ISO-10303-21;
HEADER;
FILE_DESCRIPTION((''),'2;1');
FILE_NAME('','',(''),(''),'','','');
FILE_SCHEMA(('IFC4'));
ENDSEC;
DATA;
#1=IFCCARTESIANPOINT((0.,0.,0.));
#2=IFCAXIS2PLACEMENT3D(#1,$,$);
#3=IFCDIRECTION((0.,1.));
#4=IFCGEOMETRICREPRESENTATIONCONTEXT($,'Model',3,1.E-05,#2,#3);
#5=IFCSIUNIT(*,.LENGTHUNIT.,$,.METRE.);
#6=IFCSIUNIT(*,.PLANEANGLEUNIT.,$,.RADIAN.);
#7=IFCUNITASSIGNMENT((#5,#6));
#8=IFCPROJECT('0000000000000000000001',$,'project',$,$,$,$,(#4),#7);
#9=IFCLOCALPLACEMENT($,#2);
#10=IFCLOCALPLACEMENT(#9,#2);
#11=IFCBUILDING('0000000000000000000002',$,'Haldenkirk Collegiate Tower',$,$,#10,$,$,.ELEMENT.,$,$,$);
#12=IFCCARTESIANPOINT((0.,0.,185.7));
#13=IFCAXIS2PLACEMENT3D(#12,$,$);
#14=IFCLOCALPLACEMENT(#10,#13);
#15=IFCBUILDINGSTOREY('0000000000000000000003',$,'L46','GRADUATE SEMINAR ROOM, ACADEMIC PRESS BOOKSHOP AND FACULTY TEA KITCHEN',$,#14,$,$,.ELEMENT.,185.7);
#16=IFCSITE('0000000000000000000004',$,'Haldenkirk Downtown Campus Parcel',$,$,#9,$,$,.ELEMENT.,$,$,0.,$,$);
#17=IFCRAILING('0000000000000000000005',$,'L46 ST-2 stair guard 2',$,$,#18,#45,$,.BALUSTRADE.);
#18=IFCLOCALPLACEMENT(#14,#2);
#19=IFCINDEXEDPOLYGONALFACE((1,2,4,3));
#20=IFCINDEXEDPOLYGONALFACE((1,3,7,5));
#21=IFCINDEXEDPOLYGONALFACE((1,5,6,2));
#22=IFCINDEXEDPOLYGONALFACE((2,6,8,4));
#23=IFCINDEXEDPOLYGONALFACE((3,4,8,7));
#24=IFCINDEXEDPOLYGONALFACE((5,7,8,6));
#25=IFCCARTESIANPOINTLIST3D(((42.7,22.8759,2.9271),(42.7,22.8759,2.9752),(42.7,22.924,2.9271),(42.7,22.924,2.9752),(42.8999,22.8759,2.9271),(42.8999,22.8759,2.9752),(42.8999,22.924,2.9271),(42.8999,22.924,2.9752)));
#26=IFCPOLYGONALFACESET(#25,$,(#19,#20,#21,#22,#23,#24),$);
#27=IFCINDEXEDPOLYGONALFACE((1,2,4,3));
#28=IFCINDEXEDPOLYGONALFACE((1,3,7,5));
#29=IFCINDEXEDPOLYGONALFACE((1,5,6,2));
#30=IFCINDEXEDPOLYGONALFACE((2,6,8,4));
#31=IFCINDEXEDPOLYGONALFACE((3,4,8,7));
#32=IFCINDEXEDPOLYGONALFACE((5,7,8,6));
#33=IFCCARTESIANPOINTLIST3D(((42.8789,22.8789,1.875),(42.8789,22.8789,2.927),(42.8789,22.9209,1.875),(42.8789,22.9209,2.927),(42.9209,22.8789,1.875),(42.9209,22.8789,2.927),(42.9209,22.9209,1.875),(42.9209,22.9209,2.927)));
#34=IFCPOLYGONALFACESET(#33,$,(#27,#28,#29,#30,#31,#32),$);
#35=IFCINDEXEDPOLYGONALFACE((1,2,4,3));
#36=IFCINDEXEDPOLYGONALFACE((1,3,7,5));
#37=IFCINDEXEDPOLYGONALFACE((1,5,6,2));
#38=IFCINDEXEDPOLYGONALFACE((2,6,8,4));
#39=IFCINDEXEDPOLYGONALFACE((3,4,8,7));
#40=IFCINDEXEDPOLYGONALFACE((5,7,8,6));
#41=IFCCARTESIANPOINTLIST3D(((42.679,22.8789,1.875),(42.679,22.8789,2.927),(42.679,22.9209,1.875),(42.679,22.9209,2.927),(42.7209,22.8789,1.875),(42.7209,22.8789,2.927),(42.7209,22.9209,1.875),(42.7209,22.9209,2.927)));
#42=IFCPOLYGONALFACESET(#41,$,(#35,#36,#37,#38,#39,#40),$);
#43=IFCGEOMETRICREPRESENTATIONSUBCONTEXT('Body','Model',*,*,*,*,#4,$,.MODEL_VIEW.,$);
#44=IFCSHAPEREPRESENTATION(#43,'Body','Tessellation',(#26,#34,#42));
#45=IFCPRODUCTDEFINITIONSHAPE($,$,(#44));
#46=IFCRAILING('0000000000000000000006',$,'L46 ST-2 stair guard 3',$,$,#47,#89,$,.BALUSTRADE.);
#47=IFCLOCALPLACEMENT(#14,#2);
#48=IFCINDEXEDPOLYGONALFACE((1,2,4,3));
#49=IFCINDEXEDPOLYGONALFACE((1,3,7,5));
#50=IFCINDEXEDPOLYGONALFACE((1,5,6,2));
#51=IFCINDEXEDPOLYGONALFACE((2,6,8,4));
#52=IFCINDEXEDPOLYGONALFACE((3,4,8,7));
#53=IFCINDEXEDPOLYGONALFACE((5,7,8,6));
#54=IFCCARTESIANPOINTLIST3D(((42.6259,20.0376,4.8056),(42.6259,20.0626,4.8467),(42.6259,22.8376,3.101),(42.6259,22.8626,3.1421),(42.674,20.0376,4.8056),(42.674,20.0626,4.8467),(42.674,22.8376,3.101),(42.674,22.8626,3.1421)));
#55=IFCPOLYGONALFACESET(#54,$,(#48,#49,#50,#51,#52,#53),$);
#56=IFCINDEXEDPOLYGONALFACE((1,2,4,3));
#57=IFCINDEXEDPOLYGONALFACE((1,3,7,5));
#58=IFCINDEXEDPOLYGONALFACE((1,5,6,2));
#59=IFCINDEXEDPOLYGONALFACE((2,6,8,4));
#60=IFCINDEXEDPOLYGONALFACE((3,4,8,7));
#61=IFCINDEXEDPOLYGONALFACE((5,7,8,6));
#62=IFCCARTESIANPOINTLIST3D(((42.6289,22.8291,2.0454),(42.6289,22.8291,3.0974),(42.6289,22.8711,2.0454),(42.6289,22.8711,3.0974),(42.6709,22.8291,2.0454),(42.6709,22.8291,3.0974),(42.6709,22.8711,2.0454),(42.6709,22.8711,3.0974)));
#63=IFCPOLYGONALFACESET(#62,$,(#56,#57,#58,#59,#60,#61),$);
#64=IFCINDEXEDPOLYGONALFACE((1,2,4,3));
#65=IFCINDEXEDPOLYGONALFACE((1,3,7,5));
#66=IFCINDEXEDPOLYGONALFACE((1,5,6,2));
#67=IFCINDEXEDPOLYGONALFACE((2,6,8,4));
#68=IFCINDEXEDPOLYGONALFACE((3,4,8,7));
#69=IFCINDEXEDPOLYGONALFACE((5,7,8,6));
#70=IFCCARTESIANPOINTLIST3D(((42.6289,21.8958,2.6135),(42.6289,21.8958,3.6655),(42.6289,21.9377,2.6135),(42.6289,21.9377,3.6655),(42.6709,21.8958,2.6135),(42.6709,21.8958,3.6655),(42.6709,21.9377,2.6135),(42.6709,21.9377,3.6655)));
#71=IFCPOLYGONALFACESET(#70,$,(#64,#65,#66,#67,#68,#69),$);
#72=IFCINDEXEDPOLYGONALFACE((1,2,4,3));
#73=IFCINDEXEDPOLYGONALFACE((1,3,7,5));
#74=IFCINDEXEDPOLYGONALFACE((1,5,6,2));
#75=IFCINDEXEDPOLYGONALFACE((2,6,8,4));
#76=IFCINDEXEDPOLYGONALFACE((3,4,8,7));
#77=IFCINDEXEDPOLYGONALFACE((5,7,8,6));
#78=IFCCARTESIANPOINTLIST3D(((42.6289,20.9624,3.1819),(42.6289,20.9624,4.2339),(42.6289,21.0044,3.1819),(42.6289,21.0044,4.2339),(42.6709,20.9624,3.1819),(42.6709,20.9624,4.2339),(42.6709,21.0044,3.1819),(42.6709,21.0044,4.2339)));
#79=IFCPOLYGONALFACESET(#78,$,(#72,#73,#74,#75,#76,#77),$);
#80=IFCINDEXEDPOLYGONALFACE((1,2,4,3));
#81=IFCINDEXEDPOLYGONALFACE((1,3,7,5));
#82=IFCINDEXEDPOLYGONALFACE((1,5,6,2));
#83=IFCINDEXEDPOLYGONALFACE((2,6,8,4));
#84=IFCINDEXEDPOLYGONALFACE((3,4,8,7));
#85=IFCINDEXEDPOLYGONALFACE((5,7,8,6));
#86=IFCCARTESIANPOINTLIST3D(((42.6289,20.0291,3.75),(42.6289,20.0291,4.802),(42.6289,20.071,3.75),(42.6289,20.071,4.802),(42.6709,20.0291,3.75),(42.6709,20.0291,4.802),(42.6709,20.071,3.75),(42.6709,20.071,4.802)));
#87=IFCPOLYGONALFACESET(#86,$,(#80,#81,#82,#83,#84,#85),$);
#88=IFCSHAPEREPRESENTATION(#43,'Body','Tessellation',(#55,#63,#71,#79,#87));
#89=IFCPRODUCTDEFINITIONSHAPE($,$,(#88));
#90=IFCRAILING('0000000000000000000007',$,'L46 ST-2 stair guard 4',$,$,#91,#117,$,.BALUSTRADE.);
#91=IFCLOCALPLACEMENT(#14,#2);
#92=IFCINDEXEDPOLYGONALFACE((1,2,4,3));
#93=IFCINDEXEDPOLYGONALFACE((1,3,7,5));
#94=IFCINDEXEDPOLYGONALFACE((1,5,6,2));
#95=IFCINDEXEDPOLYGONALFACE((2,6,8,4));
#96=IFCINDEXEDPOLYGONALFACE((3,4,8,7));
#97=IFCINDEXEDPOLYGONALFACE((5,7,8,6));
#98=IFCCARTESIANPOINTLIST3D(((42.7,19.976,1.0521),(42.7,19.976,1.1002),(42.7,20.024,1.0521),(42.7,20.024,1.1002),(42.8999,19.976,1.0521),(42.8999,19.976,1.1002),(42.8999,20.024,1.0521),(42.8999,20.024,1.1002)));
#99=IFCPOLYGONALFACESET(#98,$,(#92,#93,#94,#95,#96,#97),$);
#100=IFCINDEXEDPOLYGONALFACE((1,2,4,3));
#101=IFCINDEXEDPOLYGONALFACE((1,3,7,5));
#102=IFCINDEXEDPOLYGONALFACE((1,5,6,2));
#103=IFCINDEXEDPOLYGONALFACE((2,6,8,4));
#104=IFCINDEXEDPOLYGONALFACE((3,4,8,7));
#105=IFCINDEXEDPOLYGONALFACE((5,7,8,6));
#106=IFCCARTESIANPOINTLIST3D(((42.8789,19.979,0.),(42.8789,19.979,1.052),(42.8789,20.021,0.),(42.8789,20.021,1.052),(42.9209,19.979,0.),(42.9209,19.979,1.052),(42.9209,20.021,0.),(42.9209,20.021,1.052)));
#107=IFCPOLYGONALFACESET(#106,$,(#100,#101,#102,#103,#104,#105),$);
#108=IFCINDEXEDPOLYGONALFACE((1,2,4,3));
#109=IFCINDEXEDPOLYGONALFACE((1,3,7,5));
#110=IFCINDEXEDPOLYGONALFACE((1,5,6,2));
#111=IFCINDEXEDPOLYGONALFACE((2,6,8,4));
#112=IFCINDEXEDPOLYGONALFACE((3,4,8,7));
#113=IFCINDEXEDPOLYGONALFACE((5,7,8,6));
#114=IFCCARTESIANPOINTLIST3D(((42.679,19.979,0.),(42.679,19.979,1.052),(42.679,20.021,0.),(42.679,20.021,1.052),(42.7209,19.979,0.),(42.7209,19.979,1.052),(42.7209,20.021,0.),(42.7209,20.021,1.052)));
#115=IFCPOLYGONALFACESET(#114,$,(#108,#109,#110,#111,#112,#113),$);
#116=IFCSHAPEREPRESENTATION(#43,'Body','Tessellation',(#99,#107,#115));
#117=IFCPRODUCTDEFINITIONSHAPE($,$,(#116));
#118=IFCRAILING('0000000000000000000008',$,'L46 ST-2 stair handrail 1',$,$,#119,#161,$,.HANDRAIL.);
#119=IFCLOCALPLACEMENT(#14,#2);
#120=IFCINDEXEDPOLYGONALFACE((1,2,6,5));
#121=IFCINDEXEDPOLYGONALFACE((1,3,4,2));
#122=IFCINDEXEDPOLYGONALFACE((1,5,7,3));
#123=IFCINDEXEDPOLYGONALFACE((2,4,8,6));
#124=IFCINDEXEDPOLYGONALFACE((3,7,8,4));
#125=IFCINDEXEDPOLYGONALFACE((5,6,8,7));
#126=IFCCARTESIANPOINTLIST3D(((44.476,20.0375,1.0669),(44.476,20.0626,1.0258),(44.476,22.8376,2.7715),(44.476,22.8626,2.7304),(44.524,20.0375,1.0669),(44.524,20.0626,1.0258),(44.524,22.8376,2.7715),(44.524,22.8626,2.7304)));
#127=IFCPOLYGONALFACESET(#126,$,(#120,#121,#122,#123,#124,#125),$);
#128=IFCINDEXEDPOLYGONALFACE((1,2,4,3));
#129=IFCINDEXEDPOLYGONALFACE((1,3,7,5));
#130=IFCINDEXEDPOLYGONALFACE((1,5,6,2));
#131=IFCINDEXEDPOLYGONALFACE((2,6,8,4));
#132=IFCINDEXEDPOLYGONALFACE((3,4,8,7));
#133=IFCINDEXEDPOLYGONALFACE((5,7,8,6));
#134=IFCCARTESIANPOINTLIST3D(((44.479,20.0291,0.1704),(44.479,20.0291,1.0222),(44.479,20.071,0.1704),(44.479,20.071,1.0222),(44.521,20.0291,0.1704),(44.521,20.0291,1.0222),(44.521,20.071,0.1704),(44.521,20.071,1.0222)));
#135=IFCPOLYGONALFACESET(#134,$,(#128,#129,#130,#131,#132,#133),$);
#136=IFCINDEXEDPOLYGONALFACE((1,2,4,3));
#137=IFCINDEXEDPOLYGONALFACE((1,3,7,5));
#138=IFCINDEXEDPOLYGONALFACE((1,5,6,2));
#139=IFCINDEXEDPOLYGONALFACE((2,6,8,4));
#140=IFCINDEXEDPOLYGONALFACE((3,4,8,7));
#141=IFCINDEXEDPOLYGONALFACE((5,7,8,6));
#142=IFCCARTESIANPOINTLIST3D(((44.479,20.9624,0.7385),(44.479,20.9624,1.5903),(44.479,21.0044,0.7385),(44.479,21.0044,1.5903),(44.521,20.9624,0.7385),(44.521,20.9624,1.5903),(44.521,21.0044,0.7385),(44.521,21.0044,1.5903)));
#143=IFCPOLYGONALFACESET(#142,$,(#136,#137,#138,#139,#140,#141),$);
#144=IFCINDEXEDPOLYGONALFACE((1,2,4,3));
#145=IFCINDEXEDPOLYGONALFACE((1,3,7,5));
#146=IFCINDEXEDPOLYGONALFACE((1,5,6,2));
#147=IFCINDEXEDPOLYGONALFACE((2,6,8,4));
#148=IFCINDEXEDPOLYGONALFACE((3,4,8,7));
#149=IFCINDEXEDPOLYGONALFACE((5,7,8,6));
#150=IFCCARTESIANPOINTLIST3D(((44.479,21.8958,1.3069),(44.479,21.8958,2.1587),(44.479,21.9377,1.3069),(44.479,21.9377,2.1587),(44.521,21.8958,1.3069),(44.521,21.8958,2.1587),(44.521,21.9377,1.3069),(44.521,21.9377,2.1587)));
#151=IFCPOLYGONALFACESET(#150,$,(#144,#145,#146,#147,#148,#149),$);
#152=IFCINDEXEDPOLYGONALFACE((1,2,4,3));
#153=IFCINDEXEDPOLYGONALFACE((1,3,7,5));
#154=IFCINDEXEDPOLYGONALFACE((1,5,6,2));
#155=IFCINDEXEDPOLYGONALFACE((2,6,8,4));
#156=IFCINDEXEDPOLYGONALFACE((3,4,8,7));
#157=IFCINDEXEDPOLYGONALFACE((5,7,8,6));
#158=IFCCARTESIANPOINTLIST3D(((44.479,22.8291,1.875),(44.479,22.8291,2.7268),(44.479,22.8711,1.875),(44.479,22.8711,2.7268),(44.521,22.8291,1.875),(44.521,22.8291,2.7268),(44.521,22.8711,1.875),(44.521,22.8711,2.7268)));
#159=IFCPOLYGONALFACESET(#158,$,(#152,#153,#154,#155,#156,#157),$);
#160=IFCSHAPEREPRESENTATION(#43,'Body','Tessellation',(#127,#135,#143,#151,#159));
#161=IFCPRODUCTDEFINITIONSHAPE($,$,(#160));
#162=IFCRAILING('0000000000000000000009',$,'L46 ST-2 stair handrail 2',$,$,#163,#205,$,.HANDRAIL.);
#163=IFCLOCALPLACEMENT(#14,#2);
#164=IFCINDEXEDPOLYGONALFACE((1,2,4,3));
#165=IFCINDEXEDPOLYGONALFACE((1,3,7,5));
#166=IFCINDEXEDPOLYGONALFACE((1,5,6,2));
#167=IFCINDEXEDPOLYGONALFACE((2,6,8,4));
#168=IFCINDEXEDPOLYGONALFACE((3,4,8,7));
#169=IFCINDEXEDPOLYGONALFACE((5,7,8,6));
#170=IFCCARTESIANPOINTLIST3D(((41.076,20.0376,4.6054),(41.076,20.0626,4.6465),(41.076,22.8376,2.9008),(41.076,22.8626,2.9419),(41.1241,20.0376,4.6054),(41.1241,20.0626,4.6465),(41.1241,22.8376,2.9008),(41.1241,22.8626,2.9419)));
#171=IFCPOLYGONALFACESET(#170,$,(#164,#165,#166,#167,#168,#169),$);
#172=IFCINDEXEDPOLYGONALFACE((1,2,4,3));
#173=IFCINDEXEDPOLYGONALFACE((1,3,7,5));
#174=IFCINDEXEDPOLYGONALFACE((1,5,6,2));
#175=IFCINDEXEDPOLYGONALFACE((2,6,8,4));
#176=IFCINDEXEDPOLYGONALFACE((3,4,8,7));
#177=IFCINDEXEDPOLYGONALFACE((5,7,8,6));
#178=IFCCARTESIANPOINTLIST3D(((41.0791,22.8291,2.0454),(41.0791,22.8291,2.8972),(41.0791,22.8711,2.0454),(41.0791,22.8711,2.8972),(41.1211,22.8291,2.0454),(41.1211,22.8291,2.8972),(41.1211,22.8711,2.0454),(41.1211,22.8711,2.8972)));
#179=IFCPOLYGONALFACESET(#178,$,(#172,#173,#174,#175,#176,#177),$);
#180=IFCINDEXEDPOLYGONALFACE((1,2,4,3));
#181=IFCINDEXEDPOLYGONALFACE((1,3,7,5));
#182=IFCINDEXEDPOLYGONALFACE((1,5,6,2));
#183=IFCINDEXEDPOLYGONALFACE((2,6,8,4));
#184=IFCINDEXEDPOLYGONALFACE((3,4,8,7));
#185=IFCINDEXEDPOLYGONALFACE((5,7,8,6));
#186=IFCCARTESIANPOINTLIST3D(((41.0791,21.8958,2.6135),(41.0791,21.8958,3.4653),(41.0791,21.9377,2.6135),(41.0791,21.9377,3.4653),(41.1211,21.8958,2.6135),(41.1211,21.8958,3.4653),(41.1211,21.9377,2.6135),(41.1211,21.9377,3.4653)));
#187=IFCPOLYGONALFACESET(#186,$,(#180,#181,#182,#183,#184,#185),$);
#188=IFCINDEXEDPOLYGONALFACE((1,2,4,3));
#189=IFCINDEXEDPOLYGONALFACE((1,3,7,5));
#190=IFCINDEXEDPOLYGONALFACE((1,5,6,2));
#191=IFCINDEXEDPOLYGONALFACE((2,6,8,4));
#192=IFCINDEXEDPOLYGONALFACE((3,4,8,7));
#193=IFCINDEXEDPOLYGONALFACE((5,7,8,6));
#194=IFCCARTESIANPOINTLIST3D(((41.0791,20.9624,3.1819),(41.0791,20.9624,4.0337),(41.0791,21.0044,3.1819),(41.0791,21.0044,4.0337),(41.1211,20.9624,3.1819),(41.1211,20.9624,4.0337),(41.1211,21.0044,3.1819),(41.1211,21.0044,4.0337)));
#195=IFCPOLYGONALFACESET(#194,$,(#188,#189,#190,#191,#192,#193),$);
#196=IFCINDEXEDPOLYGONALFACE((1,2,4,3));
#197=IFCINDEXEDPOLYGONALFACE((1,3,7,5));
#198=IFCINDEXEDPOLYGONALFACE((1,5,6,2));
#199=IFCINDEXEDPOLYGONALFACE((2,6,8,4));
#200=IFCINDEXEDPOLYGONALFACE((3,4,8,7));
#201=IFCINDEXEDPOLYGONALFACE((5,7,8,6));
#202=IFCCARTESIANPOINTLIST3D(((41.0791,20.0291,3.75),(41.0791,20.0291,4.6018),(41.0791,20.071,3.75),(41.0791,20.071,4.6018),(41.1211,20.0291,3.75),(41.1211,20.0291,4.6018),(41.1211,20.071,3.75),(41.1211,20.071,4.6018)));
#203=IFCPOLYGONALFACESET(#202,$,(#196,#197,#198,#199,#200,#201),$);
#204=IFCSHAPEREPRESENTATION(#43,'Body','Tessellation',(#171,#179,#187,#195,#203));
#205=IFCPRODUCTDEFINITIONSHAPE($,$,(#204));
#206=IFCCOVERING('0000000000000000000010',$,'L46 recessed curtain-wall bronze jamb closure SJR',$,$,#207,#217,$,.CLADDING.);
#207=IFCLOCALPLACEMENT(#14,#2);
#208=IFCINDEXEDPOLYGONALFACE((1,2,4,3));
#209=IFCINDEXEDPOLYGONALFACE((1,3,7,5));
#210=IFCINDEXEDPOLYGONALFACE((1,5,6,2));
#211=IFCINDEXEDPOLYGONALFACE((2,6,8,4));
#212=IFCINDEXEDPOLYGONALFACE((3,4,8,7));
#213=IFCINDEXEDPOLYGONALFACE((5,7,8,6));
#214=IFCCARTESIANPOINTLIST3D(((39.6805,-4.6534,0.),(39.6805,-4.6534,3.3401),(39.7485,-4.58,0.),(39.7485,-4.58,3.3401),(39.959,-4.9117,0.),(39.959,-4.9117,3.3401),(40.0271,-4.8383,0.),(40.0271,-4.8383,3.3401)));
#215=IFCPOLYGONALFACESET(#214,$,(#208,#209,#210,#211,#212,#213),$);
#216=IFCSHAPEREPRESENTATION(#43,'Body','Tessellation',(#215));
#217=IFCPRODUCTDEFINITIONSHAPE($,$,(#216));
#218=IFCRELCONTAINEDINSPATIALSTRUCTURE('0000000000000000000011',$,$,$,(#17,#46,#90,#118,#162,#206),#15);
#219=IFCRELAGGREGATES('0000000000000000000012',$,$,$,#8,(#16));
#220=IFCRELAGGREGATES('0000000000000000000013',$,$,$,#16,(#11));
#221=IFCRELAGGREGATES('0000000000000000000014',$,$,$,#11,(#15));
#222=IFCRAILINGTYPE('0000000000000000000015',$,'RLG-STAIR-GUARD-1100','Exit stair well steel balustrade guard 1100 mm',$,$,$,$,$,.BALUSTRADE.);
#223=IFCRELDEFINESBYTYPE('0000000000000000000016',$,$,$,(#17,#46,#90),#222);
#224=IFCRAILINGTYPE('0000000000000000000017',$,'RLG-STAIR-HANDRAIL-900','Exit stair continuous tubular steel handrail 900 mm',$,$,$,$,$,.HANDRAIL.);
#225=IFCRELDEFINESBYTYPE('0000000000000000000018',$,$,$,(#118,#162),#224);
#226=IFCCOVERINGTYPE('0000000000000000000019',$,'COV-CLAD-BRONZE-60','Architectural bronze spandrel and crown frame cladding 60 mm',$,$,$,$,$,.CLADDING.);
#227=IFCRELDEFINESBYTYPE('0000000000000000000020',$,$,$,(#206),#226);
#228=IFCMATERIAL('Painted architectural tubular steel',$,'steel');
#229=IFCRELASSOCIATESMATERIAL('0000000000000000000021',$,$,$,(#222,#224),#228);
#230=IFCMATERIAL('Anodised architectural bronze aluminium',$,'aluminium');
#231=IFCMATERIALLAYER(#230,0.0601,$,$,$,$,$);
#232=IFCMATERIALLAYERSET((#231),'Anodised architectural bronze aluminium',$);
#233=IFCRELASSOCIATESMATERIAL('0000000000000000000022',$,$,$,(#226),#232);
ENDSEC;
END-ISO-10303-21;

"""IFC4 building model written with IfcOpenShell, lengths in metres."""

from ifc_helpers import new_model, si_unit, direction, frame, origin, origin_2d, place, context, subcontext, project, spatial, rectangle, extrude, source, transform, mapped, material, layer, layer_set, type_object, element, save


model = new_model("IFC4")

# Units and contexts
model_context = context("Model", 3, precision=1e-05, world=origin(), true_north=direction((0.0, 1.0)))
body_context = subcontext(model_context, "Body", "Model", "MODEL_VIEW")
ifc_project = project(units=[si_unit("LENGTHUNIT", "METRE"), si_unit("PLANEANGLEUNIT", "RADIAN")], contexts=[model_context])

# Site, building, storey
site_placement = place(None, origin())
site = spatial("IfcSite", under=ifc_project, at=site_placement, Name="Haldenkirk Downtown Campus Parcel", CompositionType="ELEMENT", RefElevation=0.0)
building_placement = place(site_placement, origin())
building = spatial("IfcBuilding", under=site, at=building_placement, Name="Haldenkirk Collegiate Tower", CompositionType="ELEMENT")
storey_placement = place(building_placement, frame((0.0, 0.0, 185.7)))
storey = spatial("IfcBuildingStorey", under=building, at=storey_placement, Name="L46", Description="GRADUATE SEMINAR ROOM, ACADEMIC PRESS BOOKSHOP AND FACULTY TEA KITCHEN", CompositionType="ELEMENT", Elevation=185.7)

# Shared definitions
ifc_material_1 = material(Name="Anodised architectural bronze aluminium", Category="aluminium")

# Railings
ifc_material_2 = material(Name="Painted architectural tubular steel", Category="steel")
railing_type_1 = type_object("IfcRailingType", Name="RLG-STAIR-GUARD-1100", Description="Exit stair well steel balustrade guard 1100 mm", PredefinedType="BALUSTRADE", material=ifc_material_2)
railing_1_placement = place(storey_placement, frame((42.8999, 22.8999, 1.875)))
element("IfcRailing", 1, at=railing_1_placement, inside=storey, type_object=railing_type_1, Name="L46 ST-2 stair guard 2", PredefinedType="BALUSTRADE", context=body_context, shape_type="SweptSolid", body=[
    extrude(rectangle(XDim=0.0481, YDim=0.0481, at=origin_2d()), frame((0.0, 0.0, 1.0762), z_axis=(-1.0, 0.0, 0.0), x_axis=(0.0, -1.0, 0.0)), (0.0, 0.0, 1.0), 0.2),
    extrude(rectangle(XDim=0.042, YDim=0.042, at=origin_2d()), origin(), (0.0, 0.0, 1.0), 1.052),
    extrude(rectangle(XDim=0.042, YDim=0.042, at=origin_2d()), frame((-0.2, 0.0, 0.0)), (0.0, 0.0, 1.0), 1.052),
])
railing_2_placement = place(storey_placement, frame((42.6499, 22.8501, 2.0454)))
element("IfcRailing", 2, at=railing_2_placement, inside=storey, type_object=railing_type_1, Name="L46 ST-2 stair guard 3", PredefinedType="BALUSTRADE", context=body_context, shape_type="SweptSolid", body=[
    extrude(rectangle(XDim=0.0481, YDim=0.0481, at=origin_2d()), frame((0.0, 0.0, 1.0762), z_axis=(0.0, -0.85417, 0.519994), x_axis=(1.0, 0.0, 0.0)), (0.0, 0.0, 1.0), 3.2781),
    extrude(rectangle(XDim=0.042, YDim=0.042, at=origin_2d()), origin(), (0.0, 0.0, 1.0), 1.052),
    extrude(rectangle(XDim=0.042, YDim=0.042, at=origin_2d()), frame((0.0, -0.9333, 0.5681)), (0.0, 0.0, 1.0), 1.052),
    extrude(rectangle(XDim=0.042, YDim=0.042, at=origin_2d()), frame((0.0, -1.8667, 1.1365)), (0.0, 0.0, 1.0), 1.052),
    extrude(rectangle(XDim=0.042, YDim=0.042, at=origin_2d()), frame((0.0, -2.8, 1.7046)), (0.0, 0.0, 1.0), 1.052),
])
railing_3_placement = place(storey_placement, frame((42.8999, 20.0, 0.0)))
element("IfcRailing", 3, at=railing_3_placement, inside=storey, type_object=railing_type_1, Name="L46 ST-2 stair guard 4", PredefinedType="BALUSTRADE", context=body_context, shape_type="SweptSolid", body=[
    extrude(rectangle(XDim=0.0481, YDim=0.0481, at=origin_2d()), frame((0.0, 0.0, 1.0762), z_axis=(-1.0, 0.0, 0.0), x_axis=(0.0, -1.0, 0.0)), (0.0, 0.0, 1.0), 0.2),
    extrude(rectangle(XDim=0.042, YDim=0.042, at=origin_2d()), origin(), (0.0, 0.0, 1.0), 1.052),
    extrude(rectangle(XDim=0.042, YDim=0.042, at=origin_2d()), frame((-0.2, 0.0, 0.0)), (0.0, 0.0, 1.0), 1.052),
])
railing_type_2 = type_object("IfcRailingType", Name="RLG-STAIR-HANDRAIL-900", Description="Exit stair continuous tubular steel handrail 900 mm", PredefinedType="HANDRAIL", material=ifc_material_2)
railing_4_placement = place(storey_placement, frame((44.5, 20.05, 0.1704)))
element("IfcRailing", 4, at=railing_4_placement, inside=storey, type_object=railing_type_2, Name="L46 ST-2 stair handrail 1", PredefinedType="HANDRAIL", context=body_context, shape_type="SweptSolid", body=[
    extrude(rectangle(XDim=0.0481, YDim=0.0481, at=origin_2d()), frame((0.0, 0.0, 0.876), z_axis=(0.0, 0.85417, 0.519994), x_axis=(-1.0, 0.0, 0.0)), (0.0, 0.0, 1.0), 3.2781),
    extrude(rectangle(XDim=0.042, YDim=0.042, at=origin_2d()), origin(), (0.0, 0.0, 1.0), 0.8518),
    extrude(rectangle(XDim=0.042, YDim=0.042, at=origin_2d()), frame((0.0, 0.9333, 0.5681)), (0.0, 0.0, 1.0), 0.8518),
    extrude(rectangle(XDim=0.042, YDim=0.042, at=origin_2d()), frame((0.0, 1.8667, 1.1365)), (0.0, 0.0, 1.0), 0.8518),
    extrude(rectangle(XDim=0.042, YDim=0.042, at=origin_2d()), frame((0.0, 2.8, 1.7046)), (0.0, 0.0, 1.0), 0.8518),
])
railing_5_placement = place(storey_placement, frame((41.1001, 22.8501, 2.0454)))
element("IfcRailing", 5, at=railing_5_placement, inside=storey, type_object=railing_type_2, Name="L46 ST-2 stair handrail 2", PredefinedType="HANDRAIL", context=body_context, shape_type="SweptSolid", body=[
    extrude(rectangle(XDim=0.0481, YDim=0.0481, at=origin_2d()), frame((0.0, 0.0, 0.876), z_axis=(0.0, -0.85417, 0.519994), x_axis=(1.0, 0.0, 0.0)), (0.0, 0.0, 1.0), 3.2781),
    extrude(rectangle(XDim=0.042, YDim=0.042, at=origin_2d()), origin(), (0.0, 0.0, 1.0), 0.8518),
    extrude(rectangle(XDim=0.042, YDim=0.042, at=origin_2d()), frame((0.0, -0.9333, 0.5681)), (0.0, 0.0, 1.0), 0.8518),
    extrude(rectangle(XDim=0.042, YDim=0.042, at=origin_2d()), frame((0.0, -1.8667, 1.1365)), (0.0, 0.0, 1.0), 0.8518),
    extrude(rectangle(XDim=0.042, YDim=0.042, at=origin_2d()), frame((0.0, -2.8, 1.7046)), (0.0, 0.0, 1.0), 0.8518),
])

# Covering
ifc_layer_1 = layer(ifc_material_1, 0.0601)
ifc_layer_set_1 = layer_set([ifc_layer_1], Name="Anodised architectural bronze aluminium")
covering_type = type_object("IfcCoveringType", Name="COV-CLAD-BRONZE-60", Description="Architectural bronze spandrel and crown frame cladding 60 mm", PredefinedType="CLADDING", material=ifc_layer_set_1)
shared_shape_1 = source(origin(), body_context, "Body", "SweptSolid", [
    extrude(rectangle(XDim=0.1001, YDim=0.3799, at=origin_2d()), origin(), (0.0, 0.0, 1.0), 3.3401),
])
covering_placement = place(storey_placement, frame((39.8538, -4.7458, 0.0), z_axis=(0.0, 0.0, 1.0), x_axis=(-0.680081, -0.733137, 0.0)))
element("IfcCovering", 6, at=covering_placement, inside=storey, type_object=covering_type, Name="L46 recessed curtain-wall bronze jamb closure SJR", PredefinedType="CLADDING", context=body_context, shape_type="MappedRepresentation", body=[
    mapped(shared_shape_1, transform((0.0, 0.0, 0.0), x_axis=(1.0, 0.0, 0.0), y_axis=(0.0, 1.0, 0.0), z_axis=(0.0, 0.0, 1.0), scale=1.0)),
])

save(model, "model.ifc")
